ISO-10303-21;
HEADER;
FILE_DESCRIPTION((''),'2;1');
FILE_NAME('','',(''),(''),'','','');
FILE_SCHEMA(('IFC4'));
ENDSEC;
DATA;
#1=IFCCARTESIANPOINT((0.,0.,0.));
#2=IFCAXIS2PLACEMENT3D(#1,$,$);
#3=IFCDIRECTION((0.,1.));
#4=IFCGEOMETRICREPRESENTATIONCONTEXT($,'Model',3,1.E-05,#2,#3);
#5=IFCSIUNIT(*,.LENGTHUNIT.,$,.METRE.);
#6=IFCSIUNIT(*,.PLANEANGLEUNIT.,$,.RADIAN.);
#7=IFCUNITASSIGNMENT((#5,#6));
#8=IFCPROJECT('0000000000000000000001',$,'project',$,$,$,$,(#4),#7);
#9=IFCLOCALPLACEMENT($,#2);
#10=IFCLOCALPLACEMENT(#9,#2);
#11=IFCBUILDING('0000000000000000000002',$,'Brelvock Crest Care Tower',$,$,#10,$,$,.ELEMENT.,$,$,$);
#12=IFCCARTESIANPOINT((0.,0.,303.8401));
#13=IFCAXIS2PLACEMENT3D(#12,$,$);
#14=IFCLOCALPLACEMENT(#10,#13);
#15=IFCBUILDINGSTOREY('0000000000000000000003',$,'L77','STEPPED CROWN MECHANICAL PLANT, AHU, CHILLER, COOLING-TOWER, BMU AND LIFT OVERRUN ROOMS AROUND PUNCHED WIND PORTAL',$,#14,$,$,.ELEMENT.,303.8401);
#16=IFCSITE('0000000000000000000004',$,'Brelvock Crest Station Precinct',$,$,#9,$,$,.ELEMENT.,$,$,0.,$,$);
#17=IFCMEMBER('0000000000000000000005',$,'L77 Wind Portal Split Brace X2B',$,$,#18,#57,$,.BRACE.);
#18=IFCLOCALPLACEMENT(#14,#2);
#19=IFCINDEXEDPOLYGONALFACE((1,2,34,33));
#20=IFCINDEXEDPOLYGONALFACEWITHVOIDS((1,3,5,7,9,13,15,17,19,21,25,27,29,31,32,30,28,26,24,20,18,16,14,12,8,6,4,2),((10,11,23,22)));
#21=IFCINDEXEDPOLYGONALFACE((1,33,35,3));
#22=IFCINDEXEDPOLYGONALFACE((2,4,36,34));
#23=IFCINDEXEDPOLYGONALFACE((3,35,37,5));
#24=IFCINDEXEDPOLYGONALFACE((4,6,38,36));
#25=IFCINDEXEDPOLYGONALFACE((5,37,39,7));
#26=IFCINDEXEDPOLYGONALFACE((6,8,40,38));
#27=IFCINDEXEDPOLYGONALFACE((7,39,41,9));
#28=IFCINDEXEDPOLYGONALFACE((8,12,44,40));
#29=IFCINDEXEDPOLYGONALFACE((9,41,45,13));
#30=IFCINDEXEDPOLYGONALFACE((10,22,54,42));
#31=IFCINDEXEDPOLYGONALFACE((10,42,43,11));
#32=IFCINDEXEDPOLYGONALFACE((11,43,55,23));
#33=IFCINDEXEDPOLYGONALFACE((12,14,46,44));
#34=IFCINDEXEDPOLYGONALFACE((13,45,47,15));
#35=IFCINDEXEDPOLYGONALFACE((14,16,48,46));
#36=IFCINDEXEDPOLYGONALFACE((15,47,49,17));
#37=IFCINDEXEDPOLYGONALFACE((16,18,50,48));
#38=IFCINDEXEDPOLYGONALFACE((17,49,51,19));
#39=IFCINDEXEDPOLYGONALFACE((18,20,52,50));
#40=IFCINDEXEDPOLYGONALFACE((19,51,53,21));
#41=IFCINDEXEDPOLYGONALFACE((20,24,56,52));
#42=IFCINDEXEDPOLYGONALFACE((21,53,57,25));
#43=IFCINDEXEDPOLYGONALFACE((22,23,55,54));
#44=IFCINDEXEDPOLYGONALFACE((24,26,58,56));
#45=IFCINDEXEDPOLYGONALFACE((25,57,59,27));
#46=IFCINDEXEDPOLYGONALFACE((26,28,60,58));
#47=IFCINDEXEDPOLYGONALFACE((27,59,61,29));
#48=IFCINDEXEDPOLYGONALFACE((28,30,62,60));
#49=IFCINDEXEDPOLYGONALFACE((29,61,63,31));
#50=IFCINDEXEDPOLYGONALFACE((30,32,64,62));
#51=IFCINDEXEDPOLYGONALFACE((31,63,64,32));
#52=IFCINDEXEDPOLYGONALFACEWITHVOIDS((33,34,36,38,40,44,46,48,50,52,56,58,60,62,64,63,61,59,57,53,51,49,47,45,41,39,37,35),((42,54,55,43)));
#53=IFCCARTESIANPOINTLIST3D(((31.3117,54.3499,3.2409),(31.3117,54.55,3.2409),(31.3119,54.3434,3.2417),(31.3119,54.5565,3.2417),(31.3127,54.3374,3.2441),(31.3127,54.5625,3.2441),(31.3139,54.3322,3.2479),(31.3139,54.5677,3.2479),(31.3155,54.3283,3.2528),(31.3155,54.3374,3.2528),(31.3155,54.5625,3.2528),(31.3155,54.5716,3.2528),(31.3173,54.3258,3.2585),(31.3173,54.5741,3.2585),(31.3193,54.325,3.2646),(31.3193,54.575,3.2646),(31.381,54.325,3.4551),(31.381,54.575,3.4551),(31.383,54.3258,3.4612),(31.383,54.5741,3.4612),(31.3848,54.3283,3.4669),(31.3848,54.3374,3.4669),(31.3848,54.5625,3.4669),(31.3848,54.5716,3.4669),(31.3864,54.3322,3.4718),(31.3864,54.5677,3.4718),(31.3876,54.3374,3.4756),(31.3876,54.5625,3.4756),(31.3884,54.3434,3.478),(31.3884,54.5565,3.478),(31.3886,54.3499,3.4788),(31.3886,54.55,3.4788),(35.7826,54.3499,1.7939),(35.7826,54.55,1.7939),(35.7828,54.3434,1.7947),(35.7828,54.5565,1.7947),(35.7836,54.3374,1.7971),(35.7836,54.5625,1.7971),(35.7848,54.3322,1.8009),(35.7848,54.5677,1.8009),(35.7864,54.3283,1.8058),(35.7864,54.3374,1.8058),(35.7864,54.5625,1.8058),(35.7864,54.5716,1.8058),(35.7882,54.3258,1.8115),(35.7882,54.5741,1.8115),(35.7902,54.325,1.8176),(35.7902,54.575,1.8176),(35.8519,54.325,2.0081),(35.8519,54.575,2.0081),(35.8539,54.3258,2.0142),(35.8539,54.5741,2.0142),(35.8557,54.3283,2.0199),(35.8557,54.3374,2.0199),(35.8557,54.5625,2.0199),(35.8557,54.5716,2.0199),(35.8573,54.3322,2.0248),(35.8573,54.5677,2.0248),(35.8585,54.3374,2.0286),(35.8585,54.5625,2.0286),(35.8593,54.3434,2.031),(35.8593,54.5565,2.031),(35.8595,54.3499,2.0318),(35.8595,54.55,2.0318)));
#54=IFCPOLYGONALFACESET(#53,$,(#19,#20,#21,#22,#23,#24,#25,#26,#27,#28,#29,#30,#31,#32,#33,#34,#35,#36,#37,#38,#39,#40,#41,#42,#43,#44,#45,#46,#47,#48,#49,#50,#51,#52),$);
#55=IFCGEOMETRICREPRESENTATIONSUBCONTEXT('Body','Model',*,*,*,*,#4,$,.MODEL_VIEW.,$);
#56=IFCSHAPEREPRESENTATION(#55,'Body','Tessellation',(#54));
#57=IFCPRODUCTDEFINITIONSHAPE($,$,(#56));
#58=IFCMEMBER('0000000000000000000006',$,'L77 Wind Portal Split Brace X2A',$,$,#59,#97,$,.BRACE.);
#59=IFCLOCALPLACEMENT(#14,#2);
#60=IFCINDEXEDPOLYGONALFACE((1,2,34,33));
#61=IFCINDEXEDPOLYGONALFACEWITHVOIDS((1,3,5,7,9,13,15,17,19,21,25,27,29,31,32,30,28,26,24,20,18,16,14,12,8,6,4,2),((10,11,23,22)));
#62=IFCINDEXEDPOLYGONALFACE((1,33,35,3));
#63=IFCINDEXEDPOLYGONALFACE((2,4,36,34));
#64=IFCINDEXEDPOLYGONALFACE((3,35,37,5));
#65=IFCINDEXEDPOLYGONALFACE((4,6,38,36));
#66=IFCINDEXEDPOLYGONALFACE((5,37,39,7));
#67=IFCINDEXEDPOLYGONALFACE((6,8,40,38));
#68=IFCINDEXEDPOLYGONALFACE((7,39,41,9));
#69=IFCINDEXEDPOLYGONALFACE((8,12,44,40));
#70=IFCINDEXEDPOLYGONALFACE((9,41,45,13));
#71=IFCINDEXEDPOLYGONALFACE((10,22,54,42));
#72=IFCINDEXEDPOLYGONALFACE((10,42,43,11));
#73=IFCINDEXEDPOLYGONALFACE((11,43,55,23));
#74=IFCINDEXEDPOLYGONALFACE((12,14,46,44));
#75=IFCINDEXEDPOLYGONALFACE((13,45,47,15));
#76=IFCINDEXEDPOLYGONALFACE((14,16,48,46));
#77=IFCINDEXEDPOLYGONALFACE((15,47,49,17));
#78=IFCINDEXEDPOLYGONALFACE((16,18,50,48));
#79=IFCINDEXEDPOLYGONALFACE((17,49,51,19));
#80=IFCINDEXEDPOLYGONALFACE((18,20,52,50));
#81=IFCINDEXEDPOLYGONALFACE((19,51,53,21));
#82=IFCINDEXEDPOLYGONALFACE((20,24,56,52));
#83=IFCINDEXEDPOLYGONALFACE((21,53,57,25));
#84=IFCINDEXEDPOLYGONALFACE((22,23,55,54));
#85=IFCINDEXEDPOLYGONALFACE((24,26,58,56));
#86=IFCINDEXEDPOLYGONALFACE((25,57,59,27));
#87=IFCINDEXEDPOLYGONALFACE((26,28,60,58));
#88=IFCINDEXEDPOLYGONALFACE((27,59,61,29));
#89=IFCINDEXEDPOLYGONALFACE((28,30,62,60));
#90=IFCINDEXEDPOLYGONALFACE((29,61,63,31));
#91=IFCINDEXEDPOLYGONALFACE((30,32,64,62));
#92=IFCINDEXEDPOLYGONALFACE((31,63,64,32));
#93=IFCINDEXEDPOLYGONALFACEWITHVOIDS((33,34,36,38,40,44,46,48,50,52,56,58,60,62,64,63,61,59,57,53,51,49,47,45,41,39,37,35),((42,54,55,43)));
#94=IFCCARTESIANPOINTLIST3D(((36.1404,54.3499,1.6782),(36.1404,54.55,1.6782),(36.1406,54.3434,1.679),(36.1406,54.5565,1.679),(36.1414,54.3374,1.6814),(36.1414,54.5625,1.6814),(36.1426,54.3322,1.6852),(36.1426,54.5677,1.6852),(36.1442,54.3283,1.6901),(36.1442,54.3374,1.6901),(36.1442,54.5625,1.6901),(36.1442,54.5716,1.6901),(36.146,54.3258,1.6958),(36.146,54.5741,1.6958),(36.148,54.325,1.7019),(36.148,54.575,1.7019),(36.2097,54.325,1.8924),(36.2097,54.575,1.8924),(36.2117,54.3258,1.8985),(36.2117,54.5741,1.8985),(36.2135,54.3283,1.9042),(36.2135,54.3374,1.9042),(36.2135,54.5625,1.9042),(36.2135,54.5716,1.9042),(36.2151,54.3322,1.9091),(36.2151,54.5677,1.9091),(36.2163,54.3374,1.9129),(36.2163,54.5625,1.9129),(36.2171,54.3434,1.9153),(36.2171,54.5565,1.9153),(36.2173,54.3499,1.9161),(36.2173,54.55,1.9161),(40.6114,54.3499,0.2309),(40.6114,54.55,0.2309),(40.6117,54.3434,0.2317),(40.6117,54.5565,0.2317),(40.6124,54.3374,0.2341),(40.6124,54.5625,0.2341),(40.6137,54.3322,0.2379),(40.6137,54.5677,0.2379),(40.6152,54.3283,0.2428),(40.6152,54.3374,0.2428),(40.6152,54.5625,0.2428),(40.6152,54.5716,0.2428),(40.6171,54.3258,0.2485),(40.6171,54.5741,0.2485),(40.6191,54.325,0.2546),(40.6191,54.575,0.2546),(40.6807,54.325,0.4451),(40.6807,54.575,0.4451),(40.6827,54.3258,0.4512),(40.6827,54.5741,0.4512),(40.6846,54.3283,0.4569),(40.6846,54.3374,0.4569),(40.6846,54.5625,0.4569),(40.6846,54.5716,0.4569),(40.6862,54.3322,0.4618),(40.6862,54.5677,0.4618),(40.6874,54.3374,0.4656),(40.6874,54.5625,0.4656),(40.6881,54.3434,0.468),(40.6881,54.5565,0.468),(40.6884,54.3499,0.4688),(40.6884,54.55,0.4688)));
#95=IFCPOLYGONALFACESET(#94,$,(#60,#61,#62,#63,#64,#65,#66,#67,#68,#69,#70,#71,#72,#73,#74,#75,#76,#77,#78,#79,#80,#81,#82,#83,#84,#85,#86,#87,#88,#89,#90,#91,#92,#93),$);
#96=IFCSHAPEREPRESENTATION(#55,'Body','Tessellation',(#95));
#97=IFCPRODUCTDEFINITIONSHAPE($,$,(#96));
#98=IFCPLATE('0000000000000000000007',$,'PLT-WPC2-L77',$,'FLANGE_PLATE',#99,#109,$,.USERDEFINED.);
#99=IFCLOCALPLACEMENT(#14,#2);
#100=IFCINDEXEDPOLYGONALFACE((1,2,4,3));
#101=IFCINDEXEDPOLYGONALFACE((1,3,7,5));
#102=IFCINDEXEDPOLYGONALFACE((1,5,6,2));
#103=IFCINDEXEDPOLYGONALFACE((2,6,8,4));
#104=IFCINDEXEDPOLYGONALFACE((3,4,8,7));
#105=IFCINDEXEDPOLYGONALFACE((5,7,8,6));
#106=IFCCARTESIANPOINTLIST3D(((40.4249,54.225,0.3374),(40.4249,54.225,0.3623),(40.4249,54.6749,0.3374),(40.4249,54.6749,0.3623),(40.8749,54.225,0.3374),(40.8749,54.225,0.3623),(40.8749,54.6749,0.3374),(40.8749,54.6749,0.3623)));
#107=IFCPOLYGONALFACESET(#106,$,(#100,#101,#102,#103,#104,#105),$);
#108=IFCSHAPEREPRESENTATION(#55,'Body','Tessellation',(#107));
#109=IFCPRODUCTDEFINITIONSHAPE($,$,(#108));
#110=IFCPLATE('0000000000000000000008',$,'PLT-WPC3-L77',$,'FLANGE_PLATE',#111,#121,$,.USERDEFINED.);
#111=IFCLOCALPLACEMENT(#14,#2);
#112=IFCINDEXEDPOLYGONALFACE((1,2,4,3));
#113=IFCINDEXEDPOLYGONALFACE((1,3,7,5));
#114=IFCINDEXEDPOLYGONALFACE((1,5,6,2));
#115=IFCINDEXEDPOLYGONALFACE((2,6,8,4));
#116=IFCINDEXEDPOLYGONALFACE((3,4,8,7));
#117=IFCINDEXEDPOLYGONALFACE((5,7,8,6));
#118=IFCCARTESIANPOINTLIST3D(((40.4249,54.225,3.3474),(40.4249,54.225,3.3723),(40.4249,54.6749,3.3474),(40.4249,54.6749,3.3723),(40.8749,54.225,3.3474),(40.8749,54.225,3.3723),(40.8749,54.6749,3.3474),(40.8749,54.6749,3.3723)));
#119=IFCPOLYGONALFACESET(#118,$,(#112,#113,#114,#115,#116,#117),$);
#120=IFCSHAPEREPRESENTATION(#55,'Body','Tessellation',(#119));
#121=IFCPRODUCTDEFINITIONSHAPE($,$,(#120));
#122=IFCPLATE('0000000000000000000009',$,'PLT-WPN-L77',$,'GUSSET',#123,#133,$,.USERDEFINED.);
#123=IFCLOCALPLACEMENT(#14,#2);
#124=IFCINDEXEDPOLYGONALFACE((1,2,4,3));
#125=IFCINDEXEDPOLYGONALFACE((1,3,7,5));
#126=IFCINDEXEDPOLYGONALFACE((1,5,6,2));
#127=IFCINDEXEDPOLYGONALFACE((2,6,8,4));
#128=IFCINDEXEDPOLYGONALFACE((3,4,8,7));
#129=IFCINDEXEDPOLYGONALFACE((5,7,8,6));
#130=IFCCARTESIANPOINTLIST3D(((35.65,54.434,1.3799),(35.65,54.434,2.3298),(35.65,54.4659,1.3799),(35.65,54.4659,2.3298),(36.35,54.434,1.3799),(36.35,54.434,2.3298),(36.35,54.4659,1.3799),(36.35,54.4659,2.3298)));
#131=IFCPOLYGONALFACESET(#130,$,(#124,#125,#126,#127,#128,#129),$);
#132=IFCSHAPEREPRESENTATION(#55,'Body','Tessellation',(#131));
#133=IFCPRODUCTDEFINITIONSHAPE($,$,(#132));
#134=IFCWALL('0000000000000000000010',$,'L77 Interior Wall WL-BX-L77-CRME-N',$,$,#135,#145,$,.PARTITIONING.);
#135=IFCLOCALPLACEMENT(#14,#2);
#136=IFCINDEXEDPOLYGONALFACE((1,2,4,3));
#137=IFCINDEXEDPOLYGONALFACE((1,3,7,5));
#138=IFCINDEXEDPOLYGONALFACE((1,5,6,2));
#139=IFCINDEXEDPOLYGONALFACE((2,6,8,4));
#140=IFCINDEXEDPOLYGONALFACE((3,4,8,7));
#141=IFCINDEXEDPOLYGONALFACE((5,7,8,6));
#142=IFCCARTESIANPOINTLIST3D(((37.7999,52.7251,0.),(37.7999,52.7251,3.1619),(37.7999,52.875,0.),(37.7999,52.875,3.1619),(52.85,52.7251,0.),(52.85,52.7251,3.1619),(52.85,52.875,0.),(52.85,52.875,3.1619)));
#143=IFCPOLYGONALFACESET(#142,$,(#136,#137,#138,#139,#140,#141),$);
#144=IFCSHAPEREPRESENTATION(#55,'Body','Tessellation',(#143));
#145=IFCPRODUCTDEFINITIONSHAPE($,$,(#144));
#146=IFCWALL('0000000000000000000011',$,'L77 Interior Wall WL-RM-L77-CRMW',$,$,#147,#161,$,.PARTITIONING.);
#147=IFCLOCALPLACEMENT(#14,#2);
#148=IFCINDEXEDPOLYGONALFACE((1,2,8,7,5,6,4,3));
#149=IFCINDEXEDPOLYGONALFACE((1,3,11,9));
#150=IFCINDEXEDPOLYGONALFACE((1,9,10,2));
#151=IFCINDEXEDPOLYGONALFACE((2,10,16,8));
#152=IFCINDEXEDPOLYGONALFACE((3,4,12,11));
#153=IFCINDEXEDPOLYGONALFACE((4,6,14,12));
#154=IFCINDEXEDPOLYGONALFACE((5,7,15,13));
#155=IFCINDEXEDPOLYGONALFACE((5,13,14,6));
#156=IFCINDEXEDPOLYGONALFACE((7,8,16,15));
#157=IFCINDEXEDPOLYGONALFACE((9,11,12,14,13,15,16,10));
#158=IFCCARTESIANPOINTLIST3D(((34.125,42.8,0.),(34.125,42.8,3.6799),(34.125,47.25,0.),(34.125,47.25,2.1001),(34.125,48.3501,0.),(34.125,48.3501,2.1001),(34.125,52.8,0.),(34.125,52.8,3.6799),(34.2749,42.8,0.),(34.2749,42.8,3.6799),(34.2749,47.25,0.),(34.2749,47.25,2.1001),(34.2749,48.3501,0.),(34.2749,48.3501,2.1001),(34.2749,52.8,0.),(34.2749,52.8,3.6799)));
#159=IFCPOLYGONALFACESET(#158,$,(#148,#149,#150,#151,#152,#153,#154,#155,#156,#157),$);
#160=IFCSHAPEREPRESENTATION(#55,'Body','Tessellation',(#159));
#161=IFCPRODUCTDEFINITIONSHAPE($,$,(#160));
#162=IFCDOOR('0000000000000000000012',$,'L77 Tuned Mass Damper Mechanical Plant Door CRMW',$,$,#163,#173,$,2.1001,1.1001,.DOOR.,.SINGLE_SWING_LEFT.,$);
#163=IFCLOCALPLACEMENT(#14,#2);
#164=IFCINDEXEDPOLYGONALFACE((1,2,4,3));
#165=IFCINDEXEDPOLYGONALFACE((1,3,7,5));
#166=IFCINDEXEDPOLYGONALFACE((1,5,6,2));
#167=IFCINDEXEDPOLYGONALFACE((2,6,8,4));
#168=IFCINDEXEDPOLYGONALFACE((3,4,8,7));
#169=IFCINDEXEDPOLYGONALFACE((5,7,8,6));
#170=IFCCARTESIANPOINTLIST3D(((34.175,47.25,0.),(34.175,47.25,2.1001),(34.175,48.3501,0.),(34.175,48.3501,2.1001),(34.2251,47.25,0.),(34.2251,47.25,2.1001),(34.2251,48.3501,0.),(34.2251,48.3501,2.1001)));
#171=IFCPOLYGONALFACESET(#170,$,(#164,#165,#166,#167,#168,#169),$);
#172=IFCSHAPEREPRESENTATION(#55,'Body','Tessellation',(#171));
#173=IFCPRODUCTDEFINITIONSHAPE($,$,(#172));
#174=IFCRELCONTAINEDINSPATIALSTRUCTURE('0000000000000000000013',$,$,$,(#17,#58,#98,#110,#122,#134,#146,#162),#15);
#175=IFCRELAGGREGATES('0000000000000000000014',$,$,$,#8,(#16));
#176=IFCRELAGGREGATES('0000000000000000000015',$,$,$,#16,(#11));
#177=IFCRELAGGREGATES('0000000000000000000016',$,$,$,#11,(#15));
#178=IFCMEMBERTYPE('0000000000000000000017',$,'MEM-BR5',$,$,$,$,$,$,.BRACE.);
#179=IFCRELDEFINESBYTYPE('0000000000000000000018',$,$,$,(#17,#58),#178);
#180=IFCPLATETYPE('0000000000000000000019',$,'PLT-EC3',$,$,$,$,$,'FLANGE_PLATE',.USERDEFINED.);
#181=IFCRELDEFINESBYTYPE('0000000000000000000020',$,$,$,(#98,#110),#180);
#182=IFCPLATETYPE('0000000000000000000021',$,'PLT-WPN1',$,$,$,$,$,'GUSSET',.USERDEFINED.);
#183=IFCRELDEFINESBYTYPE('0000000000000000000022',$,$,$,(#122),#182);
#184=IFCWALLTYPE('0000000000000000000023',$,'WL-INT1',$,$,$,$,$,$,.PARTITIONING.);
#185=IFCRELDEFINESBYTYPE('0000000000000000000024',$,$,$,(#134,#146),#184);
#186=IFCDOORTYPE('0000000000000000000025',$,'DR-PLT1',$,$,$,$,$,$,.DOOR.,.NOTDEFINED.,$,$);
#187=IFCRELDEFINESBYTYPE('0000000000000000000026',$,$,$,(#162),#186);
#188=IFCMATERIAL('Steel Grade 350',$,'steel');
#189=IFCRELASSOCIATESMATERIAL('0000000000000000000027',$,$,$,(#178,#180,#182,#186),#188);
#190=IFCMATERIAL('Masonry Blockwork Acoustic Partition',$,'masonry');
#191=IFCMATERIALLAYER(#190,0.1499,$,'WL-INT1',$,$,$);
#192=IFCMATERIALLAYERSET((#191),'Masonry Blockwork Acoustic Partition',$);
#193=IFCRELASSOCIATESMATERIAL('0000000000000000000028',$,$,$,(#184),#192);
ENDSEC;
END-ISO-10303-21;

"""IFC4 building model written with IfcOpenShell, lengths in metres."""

from ifc_helpers import new_model, si_unit, direction, frame, frame_2d, origin, origin_2d, place, context, subcontext, project, spatial, rectangle, hollow_rectangle, extrude, source, transform, mapped, material, layer, layer_set, material_profile, profile_set, type_object, element, fill, save


model = new_model("IFC4")

# Units and contexts
model_context = context("Model", 3, precision=1e-05, world=origin(), true_north=direction((0.0, 1.0)))
body_context = subcontext(model_context, "Body", "Model", "MODEL_VIEW")
ifc_project = project(units=[si_unit("LENGTHUNIT", "METRE"), si_unit("PLANEANGLEUNIT", "RADIAN")], contexts=[model_context])

# Site, building, storey
site_placement = place(None, origin())
site = spatial("IfcSite", under=ifc_project, at=site_placement, Name="Brelvock Crest Station Precinct", CompositionType="ELEMENT", RefElevation=0.0)
building_placement = place(site_placement, origin())
building = spatial("IfcBuilding", under=site, at=building_placement, Name="Brelvock Crest Care Tower", CompositionType="ELEMENT")
storey_placement = place(building_placement, frame((0.0, 0.0, 303.8401)))
storey = spatial("IfcBuildingStorey", under=building, at=storey_placement, Name="L77", Description="STEPPED CROWN MECHANICAL PLANT, AHU, CHILLER, COOLING-TOWER, BMU AND LIFT OVERRUN ROOMS AROUND PUNCHED WIND PORTAL", CompositionType="ELEMENT", Elevation=303.8401)

# Shared definitions
ifc_material_1 = material(Name="Steel Grade 350", Category="steel")

# Members
ifc_material_profile_1 = material_profile(ifc_material_1, hollow_rectangle(XDim=0.25, YDim=0.25, WallThickness=0.0125, OuterFilletRadius=0.0249, at=origin_2d()), Name="SHS250x250x12.5")
ifc_profile_set_1 = profile_set([ifc_material_profile_1], Name="Steel Grade 350")
member_type = type_object("IfcMemberType", Name="MEM-BR5", PredefinedType="BRACE", material=ifc_profile_set_1)
shared_shape_1 = source(origin(), body_context, "Body", "SweptSolid", [
    extrude(hollow_rectangle(XDim=0.25, YDim=0.25, WallThickness=0.0125, OuterFilletRadius=0.0249, at=origin_2d()), origin(), (0.0, 0.0, 1.0), 4.6992),
])
member_1_placement = place(storey_placement, frame((35.821, 54.45, 1.9128), z_axis=(-0.951411, 0.0, 0.307924), x_axis=(0.0, -1.0, 0.0)))
element("IfcMember", 1, at=member_1_placement, inside=storey, type_object=member_type, Name="L77 Wind Portal Split Brace X2B", PredefinedType="BRACE", context=body_context, shape_type="MappedRepresentation", body=[
    mapped(shared_shape_1, transform((0.0, 0.0, 0.0), x_axis=(1.0, 0.0, 0.0), y_axis=(0.0, 1.0, 0.0), z_axis=(0.0, 0.0, 1.0), scale=1.0)),
])
shared_shape_2 = source(origin(), body_context, "Body", "SweptSolid", [
    extrude(hollow_rectangle(XDim=0.25, YDim=0.25, WallThickness=0.0125, OuterFilletRadius=0.0249, at=origin_2d()), origin(), (0.0, 0.0, 1.0), 4.6995),
])
member_2_placement = place(storey_placement, frame((40.6499, 54.45, 0.3499), z_axis=(-0.951396, 0.0, 0.307971), x_axis=(0.0, -1.0, 0.0)))
element("IfcMember", 2, at=member_2_placement, inside=storey, type_object=member_type, Name="L77 Wind Portal Split Brace X2A", PredefinedType="BRACE", context=body_context, shape_type="MappedRepresentation", body=[
    mapped(shared_shape_2, transform((0.0, 0.0, 0.0), x_axis=(1.0, 0.0, 0.0), y_axis=(0.0, 1.0, 0.0), z_axis=(0.0, 0.0, 1.0), scale=1.0)),
])

# Plates
plate_type_1 = type_object("IfcPlateType", Name="PLT-EC3", ElementType="FLANGE_PLATE", PredefinedType="USERDEFINED", material=ifc_material_1)
shared_shape_3 = source(origin(), body_context, "Body", "SweptSolid", [
    extrude(rectangle(XDim=0.45, YDim=0.45, at=origin_2d()), origin(), (0.0, 0.0, 1.0), 0.0249),
])
for number, where, z_axis, x_axis, name in (
    (3, (40.6499, 54.45, 0.3374), (0.0, 0.0, 1.0), (1.0, 0.0, 0.0), "PLT-WPC2-L77"),
    (4, (40.6499, 54.45, 3.3474), (0.0, 0.0, 1.0), (1.0, 0.0, 0.0), "PLT-WPC3-L77"),
):
    element("IfcPlate", number, at=place(storey_placement, frame(where, z_axis=z_axis, x_axis=x_axis)), inside=storey, type_object=plate_type_1, Name=name, ObjectType="FLANGE_PLATE", PredefinedType="USERDEFINED", context=body_context, shape_type="MappedRepresentation", body=[
        mapped(shared_shape_3, transform((0.0, 0.0, 0.0), x_axis=(1.0, 0.0, 0.0), y_axis=(0.0, 1.0, 0.0), z_axis=(0.0, 0.0, 1.0), scale=1.0)),
    ])
plate_type_2 = type_object("IfcPlateType", Name="PLT-WPN1", ElementType="GUSSET", PredefinedType="USERDEFINED", material=ifc_material_1)
shared_shape_4 = source(origin(), body_context, "Body", "SweptSolid", [
    extrude(rectangle(XDim=0.7, YDim=0.032, at=origin_2d()), origin(), (0.0, 0.0, 1.0), 0.95),
])
plate_placement = place(storey_placement, frame((36.0, 54.45, 1.3799), z_axis=(0.0, 0.0, 1.0), x_axis=(1.0, 0.0, 0.0)))
element("IfcPlate", 5, at=plate_placement, inside=storey, type_object=plate_type_2, Name="PLT-WPN-L77", ObjectType="GUSSET", PredefinedType="USERDEFINED", context=body_context, shape_type="MappedRepresentation", body=[
    mapped(shared_shape_4, transform((0.0, 0.0, 0.0), x_axis=(1.0, 0.0, 0.0), y_axis=(0.0, 1.0, 0.0), z_axis=(0.0, 0.0, 1.0), scale=1.0)),
])

# Wall
ifc_material_2 = material(Name="Masonry Blockwork Acoustic Partition", Category="masonry")
ifc_layer = layer(ifc_material_2, 0.1499, Name="WL-INT1")
ifc_layer_set = layer_set([ifc_layer], Name="Masonry Blockwork Acoustic Partition")
wall_type = type_object("IfcWallType", Name="WL-INT1", PredefinedType="PARTITIONING", material=ifc_layer_set)
wall_1_placement = place(storey_placement, frame((37.8, 52.8, 0.0), z_axis=(0.0, 0.0, 1.0), x_axis=(1.0, 0.0, 0.0)))
element("IfcWall", 6, at=wall_1_placement, inside=storey, type_object=wall_type, Name="L77 Interior Wall WL-BX-L77-CRME-N", PredefinedType="PARTITIONING", context=body_context, shape_type="SweptSolid", body=[
    extrude(rectangle(XDim=15.05, YDim=0.1499, at=frame_2d((7.5249, 0.0))), origin(), (0.0, 0.0, 1.0), 3.1619),
])

# Wall, opening, door
wall_2_placement = place(storey_placement, frame((34.2, 42.8, 0.0), z_axis=(0.0, 0.0, 1.0), x_axis=(0.0, 1.0, 0.0)))
wall_2 = element("IfcWall", 7, at=wall_2_placement, inside=storey, type_object=wall_type, Name="L77 Interior Wall WL-RM-L77-CRMW", PredefinedType="PARTITIONING", context=body_context, shape_type="SweptSolid", body=[
    extrude(rectangle(XDim=10.0, YDim=0.1499, at=frame_2d((5.0, 0.0))), origin(), (0.0, 0.0, 1.0), 3.6799),
])
opening_1_placement = place(wall_2_placement, frame((4.45, 0.0, 0.0)))
opening_1 = element("IfcOpeningElement", 8, at=opening_1_placement, cuts=wall_2, PredefinedType="OPENING", context=body_context, shape_type="SweptSolid", body=[
    extrude(rectangle(XDim=1.1001, YDim=2.1001, at=origin_2d()), frame((0.55, 0.085, 1.05), z_axis=(0.0, -1.0, 0.0), x_axis=(1.0, 0.0, 0.0)), (0.0, 0.0, 1.0), 0.1699),
])
door_type = type_object("IfcDoorType", Name="DR-PLT1", OperationType="NOTDEFINED", PredefinedType="DOOR", material=ifc_material_1)
shared_shape_5 = source(origin(), body_context, "Body", "SweptSolid", [
    extrude(rectangle(XDim=1.1001, YDim=2.1001, at=origin_2d()), frame((0.55, 0.0249, 1.05), z_axis=(0.0, -1.0, 0.0), x_axis=(1.0, 0.0, 0.0)), (0.0, 0.0, 1.0), 0.05),
])
door_1_placement = place(opening_1_placement, origin())
door_1 = element("IfcDoor", 9, at=door_1_placement, inside=storey, type_object=door_type, Name="L77 Tuned Mass Damper Mechanical Plant Door CRMW", OperationType="SINGLE_SWING_LEFT", OverallHeight=2.1001, OverallWidth=1.1001, PredefinedType="DOOR", context=body_context, shape_type="MappedRepresentation", body=[
    mapped(shared_shape_5, transform((0.0, 0.0, 0.0), x_axis=(1.0, 0.0, 0.0), y_axis=(0.0, 1.0, 0.0), z_axis=(0.0, 0.0, 1.0), scale=1.0)),
])
fill(opening_1, door_1)

save(model, "model.ifc")
